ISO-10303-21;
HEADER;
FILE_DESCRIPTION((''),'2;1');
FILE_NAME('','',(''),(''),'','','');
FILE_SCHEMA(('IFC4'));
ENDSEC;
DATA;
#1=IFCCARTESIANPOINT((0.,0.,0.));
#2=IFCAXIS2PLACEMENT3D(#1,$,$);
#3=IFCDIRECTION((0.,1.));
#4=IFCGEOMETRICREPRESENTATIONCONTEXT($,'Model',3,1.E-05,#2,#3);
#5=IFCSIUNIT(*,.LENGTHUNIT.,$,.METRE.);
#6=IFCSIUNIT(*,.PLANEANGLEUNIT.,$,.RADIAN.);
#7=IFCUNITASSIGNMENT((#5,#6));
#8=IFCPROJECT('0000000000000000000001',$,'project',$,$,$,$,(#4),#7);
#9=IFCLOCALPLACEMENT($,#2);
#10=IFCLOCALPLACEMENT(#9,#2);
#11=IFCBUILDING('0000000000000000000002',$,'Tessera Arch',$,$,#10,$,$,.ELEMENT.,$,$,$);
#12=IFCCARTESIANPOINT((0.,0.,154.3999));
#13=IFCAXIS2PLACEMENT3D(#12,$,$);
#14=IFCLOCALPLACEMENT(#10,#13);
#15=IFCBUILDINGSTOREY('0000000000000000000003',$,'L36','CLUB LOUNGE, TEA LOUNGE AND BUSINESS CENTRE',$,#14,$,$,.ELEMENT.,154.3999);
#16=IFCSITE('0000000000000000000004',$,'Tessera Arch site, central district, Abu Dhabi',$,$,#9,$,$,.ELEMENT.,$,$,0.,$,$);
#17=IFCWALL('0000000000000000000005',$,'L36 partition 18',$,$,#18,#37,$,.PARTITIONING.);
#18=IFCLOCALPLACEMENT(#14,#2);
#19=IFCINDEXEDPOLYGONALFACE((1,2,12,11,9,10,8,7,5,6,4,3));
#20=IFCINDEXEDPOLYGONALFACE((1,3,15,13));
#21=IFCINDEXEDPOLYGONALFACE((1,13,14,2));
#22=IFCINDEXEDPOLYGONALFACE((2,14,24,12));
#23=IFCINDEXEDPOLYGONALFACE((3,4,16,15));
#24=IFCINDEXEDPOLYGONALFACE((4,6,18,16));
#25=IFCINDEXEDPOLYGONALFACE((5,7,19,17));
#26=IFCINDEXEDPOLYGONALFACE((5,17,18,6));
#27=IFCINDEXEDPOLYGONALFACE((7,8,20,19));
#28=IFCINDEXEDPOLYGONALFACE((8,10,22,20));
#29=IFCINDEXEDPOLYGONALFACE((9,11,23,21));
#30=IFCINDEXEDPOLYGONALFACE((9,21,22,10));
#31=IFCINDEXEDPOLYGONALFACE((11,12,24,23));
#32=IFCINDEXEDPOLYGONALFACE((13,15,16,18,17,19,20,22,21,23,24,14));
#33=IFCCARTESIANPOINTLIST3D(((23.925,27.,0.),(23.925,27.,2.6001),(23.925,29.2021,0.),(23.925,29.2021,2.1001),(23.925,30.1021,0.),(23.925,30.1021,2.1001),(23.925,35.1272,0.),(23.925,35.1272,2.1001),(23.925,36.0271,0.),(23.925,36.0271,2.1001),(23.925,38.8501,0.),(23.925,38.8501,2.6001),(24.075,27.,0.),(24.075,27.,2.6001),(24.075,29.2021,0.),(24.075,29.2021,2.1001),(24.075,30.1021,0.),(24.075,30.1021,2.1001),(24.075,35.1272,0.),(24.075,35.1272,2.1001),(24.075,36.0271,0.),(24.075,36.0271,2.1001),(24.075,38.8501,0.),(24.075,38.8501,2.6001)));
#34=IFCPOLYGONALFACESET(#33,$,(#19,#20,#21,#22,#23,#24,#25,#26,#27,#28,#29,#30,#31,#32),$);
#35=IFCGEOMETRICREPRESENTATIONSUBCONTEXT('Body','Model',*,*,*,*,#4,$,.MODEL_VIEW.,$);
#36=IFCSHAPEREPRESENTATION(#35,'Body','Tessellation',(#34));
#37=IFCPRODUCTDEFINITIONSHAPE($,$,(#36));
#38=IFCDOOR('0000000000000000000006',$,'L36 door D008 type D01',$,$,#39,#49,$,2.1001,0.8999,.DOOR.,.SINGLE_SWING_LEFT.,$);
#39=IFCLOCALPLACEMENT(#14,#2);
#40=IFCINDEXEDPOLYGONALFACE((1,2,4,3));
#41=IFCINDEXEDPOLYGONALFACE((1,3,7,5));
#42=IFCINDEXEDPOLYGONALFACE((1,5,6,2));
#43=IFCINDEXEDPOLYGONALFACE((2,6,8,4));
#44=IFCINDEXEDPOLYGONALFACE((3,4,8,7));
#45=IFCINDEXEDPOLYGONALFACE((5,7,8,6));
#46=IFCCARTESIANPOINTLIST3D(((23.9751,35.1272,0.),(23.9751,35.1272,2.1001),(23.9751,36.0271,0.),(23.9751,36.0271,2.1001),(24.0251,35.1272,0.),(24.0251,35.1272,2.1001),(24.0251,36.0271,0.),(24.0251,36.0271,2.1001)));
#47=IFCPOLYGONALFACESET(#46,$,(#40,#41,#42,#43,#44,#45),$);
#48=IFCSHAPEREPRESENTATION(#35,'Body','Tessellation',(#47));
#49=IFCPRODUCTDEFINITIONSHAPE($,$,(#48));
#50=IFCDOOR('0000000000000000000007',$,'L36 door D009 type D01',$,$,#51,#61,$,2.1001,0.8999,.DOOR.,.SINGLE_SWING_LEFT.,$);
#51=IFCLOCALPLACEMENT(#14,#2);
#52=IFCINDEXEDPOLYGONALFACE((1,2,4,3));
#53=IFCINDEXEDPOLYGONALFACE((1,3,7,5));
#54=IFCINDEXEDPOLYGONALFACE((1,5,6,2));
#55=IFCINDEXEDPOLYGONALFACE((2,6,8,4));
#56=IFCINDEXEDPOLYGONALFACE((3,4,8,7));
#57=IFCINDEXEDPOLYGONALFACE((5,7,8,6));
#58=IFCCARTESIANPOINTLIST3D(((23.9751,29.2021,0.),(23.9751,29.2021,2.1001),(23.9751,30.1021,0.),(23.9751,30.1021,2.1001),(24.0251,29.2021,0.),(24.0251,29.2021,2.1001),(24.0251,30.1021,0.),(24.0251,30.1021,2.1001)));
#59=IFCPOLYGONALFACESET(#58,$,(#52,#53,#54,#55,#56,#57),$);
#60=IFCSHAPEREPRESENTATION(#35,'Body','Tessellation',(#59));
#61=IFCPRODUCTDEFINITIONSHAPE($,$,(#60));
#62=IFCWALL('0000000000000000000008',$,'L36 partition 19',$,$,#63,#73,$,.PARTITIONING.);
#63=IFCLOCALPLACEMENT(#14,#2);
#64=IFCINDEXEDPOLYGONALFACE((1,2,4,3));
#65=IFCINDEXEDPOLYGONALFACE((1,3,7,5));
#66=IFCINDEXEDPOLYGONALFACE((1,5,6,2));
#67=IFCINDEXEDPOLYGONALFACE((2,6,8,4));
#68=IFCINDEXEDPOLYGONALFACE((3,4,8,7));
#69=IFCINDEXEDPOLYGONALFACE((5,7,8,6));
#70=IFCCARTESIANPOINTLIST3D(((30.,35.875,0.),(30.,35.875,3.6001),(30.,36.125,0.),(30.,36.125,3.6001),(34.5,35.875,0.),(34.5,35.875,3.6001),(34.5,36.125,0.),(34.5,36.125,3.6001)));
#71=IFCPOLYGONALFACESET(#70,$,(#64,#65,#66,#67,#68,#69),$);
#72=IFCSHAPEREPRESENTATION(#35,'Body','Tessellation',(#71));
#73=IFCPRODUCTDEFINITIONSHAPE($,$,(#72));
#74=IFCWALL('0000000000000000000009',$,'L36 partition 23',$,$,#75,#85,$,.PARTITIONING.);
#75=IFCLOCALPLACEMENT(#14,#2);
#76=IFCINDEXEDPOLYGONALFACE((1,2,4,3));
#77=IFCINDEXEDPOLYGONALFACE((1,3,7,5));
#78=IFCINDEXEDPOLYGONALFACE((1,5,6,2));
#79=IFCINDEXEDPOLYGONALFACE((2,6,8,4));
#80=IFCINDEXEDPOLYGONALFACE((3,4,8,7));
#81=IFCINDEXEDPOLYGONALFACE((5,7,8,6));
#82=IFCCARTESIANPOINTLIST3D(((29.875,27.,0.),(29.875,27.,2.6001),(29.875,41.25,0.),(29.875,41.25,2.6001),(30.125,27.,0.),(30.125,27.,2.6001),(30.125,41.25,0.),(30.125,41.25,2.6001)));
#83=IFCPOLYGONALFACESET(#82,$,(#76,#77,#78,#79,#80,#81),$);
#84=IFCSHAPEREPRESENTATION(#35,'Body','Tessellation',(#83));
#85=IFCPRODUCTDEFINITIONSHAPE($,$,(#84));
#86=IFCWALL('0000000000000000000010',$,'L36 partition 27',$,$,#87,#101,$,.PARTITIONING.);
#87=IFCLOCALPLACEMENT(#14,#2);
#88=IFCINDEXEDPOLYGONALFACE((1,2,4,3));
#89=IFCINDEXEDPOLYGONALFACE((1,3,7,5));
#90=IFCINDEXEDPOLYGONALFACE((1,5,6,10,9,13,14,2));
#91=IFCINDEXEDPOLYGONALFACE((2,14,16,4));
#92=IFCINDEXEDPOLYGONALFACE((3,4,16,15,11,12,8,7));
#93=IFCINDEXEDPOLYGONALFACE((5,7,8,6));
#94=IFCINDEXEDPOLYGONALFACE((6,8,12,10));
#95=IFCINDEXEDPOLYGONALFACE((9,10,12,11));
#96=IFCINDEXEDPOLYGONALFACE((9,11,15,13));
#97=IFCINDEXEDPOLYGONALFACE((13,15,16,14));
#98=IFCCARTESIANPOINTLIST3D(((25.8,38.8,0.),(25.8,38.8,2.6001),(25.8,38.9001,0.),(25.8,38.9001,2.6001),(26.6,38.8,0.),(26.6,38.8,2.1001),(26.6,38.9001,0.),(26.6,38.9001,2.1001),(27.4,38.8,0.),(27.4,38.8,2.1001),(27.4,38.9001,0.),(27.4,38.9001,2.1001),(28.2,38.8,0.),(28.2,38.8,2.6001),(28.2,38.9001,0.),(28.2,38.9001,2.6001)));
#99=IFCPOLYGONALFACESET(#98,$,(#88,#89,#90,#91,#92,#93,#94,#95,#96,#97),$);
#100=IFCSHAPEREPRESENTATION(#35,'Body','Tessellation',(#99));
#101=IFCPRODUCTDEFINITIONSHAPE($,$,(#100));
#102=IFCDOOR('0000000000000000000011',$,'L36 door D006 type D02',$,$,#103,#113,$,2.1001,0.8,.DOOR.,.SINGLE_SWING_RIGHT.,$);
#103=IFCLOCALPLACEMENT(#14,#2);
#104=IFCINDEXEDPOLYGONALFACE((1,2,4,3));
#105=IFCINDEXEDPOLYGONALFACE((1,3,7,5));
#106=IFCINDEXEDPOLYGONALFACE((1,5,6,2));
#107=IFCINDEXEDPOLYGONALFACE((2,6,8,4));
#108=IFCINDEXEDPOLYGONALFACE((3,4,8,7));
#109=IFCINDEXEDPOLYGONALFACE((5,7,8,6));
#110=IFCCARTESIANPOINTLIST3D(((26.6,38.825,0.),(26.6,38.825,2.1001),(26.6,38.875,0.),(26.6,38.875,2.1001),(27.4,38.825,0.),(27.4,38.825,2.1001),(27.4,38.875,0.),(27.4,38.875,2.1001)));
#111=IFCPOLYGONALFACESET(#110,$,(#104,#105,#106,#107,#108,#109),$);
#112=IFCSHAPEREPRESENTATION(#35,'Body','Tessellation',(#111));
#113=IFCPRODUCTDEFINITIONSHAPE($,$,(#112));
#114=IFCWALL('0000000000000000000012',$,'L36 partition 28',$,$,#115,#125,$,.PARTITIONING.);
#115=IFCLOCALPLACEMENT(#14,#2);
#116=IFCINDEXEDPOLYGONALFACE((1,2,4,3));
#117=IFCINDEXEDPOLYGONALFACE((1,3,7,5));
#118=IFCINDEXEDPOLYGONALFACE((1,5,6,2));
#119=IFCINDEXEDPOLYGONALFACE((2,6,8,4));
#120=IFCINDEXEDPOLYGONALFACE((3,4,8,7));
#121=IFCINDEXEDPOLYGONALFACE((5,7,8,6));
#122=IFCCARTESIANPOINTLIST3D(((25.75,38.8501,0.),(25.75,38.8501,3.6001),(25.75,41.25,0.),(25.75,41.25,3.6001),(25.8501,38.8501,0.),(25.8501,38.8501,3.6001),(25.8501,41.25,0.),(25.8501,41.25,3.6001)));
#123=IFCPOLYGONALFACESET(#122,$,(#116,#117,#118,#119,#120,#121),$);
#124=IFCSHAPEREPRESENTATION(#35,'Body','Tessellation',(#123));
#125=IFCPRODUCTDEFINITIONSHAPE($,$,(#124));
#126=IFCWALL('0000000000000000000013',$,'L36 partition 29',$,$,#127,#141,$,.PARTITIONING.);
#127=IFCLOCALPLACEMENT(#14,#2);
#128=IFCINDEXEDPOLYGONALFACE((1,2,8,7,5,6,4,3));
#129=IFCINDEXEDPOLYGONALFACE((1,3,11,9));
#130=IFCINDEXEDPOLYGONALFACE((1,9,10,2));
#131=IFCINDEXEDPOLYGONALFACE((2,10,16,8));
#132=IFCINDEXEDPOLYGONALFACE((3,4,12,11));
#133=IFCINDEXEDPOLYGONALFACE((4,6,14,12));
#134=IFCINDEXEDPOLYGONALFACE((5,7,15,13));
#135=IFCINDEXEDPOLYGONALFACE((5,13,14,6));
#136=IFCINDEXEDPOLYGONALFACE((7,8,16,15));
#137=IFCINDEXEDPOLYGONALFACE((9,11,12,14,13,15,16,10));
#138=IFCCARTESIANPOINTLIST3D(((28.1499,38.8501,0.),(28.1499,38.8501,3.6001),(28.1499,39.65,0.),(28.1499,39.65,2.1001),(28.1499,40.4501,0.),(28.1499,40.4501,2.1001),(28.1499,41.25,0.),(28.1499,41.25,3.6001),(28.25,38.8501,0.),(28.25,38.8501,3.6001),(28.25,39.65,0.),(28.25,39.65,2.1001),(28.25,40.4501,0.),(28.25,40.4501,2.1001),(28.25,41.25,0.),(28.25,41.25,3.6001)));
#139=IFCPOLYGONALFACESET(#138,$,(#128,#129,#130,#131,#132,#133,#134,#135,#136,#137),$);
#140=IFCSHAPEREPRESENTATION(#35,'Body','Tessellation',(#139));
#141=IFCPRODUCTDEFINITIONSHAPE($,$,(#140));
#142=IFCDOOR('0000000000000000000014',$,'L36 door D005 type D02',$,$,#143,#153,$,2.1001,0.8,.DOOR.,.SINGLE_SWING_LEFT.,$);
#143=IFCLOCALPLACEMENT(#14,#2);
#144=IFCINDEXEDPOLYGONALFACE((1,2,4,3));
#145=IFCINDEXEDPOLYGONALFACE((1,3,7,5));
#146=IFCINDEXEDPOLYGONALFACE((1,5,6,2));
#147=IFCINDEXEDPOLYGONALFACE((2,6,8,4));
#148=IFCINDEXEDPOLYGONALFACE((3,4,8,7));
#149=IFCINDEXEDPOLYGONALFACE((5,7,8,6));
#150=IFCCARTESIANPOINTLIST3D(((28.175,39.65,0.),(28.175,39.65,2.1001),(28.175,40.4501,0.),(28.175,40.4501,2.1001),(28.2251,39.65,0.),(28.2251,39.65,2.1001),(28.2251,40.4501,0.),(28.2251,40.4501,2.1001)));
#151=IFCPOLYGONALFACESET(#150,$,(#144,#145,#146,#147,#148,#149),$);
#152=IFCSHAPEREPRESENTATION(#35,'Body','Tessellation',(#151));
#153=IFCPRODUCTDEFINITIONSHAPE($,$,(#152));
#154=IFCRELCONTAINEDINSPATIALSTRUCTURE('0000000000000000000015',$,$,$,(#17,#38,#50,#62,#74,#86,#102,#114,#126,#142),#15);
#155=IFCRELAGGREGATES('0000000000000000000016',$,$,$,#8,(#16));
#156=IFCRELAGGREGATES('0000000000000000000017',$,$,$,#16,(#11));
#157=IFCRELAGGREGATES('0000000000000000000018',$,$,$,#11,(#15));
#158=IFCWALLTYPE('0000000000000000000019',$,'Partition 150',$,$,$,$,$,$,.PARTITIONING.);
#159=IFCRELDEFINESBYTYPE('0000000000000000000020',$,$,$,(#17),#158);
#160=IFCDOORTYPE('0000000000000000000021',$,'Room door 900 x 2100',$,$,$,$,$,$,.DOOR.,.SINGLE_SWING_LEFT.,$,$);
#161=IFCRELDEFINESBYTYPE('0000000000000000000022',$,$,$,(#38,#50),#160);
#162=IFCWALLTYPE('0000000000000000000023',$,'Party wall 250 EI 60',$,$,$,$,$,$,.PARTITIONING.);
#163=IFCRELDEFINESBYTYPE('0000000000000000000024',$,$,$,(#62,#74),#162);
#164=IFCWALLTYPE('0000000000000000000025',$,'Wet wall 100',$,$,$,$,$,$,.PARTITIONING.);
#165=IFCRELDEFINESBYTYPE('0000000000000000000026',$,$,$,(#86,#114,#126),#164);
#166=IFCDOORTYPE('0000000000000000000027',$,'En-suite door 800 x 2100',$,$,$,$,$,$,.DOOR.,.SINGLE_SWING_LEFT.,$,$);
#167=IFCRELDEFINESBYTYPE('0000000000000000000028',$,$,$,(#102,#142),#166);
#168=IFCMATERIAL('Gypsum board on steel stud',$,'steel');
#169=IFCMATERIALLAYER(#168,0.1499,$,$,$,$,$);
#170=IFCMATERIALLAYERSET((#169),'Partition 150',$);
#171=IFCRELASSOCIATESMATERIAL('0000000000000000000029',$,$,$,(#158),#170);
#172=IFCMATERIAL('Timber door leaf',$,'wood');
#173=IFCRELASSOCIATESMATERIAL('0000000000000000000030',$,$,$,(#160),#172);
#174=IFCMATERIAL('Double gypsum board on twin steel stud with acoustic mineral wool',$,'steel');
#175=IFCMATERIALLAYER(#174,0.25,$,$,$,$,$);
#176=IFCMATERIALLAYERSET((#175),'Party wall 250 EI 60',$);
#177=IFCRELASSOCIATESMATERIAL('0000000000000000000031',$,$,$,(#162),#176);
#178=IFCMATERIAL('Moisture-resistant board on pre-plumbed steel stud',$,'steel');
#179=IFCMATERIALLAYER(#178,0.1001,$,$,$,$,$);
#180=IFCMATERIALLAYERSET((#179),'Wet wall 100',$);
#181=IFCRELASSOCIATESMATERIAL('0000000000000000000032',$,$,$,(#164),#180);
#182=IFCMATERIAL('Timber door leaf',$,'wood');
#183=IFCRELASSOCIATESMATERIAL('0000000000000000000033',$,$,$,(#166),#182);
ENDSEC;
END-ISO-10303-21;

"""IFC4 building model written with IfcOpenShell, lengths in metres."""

from ifc_helpers import new_model, si_unit, direction, frame, frame_2d, origin, place, context, subcontext, project, spatial, rectangle, extrude, material, layer, layer_set, type_object, element, fill, save


model = new_model("IFC4")

# Units and contexts
model_context = context("Model", 3, precision=1e-05, world=origin(), true_north=direction((0.0, 1.0)))
body_context = subcontext(model_context, "Body", "Model", "MODEL_VIEW")
ifc_project = project(units=[si_unit("LENGTHUNIT", "METRE"), si_unit("PLANEANGLEUNIT", "RADIAN")], contexts=[model_context])

# Site, building, storey
site_placement = place(None, origin())
site = spatial("IfcSite", under=ifc_project, at=site_placement, Name="Tessera Arch site, central district, Abu Dhabi", CompositionType="ELEMENT", RefElevation=0.0)
building_placement = place(site_placement, origin())
building = spatial("IfcBuilding", under=site, at=building_placement, Name="Tessera Arch", CompositionType="ELEMENT")
storey_placement = place(building_placement, frame((0.0, 0.0, 154.3999)))
storey = spatial("IfcBuildingStorey", under=building, at=storey_placement, Name="L36", Description="CLUB LOUNGE, TEA LOUNGE AND BUSINESS CENTRE", CompositionType="ELEMENT", Elevation=154.3999)

# Shared definitions
ifc_material_1 = material(Name="Gypsum board on steel stud", Category="steel")
ifc_layer_1 = layer(ifc_material_1, 0.1499)
ifc_layer_set_1 = layer_set([ifc_layer_1], Name="Partition 150")
wall_type_1 = type_object("IfcWallType", Name="Partition 150", PredefinedType="PARTITIONING", material=ifc_layer_set_1)
ifc_material_2 = material(Name="Timber door leaf", Category="wood")
door_type_1 = type_object("IfcDoorType", Name="Room door 900 x 2100", OperationType="SINGLE_SWING_LEFT", PredefinedType="DOOR", material=ifc_material_2)

# Wall, openings, doors
wall_1_placement = place(storey_placement, frame((24.0, 27.0, 0.0), z_axis=(0.0, 0.0, 1.0), x_axis=(0.0, 1.0, 0.0)))
wall_1 = element("IfcWall", 1, at=wall_1_placement, inside=storey, type_object=wall_type_1, Name="L36 partition 18", PredefinedType="PARTITIONING", context=body_context, shape_type="SweptSolid", body=[
    extrude(rectangle(XDim=11.8501, YDim=0.1499, at=frame_2d((5.925, 0.0))), origin(), (0.0, 0.0, 1.0), 2.6001),
])
opening_1_placement = place(wall_1_placement, frame((8.1272, 0.0, 0.0)))
opening_1 = element("IfcOpeningElement", 2, at=opening_1_placement, cuts=wall_1, PredefinedType="OPENING", context=body_context, shape_type="SweptSolid", body=[
    extrude(rectangle(XDim=0.8999, YDim=2.1001, at=frame_2d((0.45, 1.05))), frame((0.0, 0.085, 0.0), z_axis=(0.0, -1.0, 0.0), x_axis=(1.0, 0.0, 0.0)), (0.0, 0.0, 1.0), 0.1699),
])
opening_2_placement = place(wall_1_placement, frame((2.2021, 0.0, 0.0)))
opening_2 = element("IfcOpeningElement", 3, at=opening_2_placement, cuts=wall_1, PredefinedType="OPENING", context=body_context, shape_type="SweptSolid", body=[
    extrude(rectangle(XDim=0.8999, YDim=2.1001, at=frame_2d((0.45, 1.05))), frame((0.0, 0.085, 0.0), z_axis=(0.0, -1.0, 0.0), x_axis=(1.0, 0.0, 0.0)), (0.0, 0.0, 1.0), 0.1699),
])
door_1_placement = place(opening_1_placement, origin())
door_1 = element("IfcDoor", 4, at=door_1_placement, inside=storey, type_object=door_type_1, Name="L36 door D008 type D01", OperationType="SINGLE_SWING_LEFT", OverallHeight=2.1001, OverallWidth=0.8999, PredefinedType="DOOR", context=body_context, shape_type="SweptSolid", body=[
    extrude(rectangle(XDim=0.8999, YDim=2.1001, at=frame_2d((0.45, 1.05))), frame((0.0, 0.0249, 0.0), z_axis=(0.0, -1.0, 0.0), x_axis=(1.0, 0.0, 0.0)), (0.0, 0.0, 1.0), 0.05),
])
fill(opening_1, door_1)
door_2_placement = place(opening_2_placement, origin())
door_2 = element("IfcDoor", 5, at=door_2_placement, inside=storey, type_object=door_type_1, Name="L36 door D009 type D01", OperationType="SINGLE_SWING_LEFT", OverallHeight=2.1001, OverallWidth=0.8999, PredefinedType="DOOR", context=body_context, shape_type="SweptSolid", body=[
    extrude(rectangle(XDim=0.8999, YDim=2.1001, at=frame_2d((0.45, 1.05))), frame((0.0, 0.0249, 0.0), z_axis=(0.0, -1.0, 0.0), x_axis=(1.0, 0.0, 0.0)), (0.0, 0.0, 1.0), 0.05),
])
fill(opening_2, door_2)

# Walls
ifc_material_3 = material(Name="Double gypsum board on twin steel stud with acoustic mineral wool", Category="steel")
ifc_layer_2 = layer(ifc_material_3, 0.25)
ifc_layer_set_2 = layer_set([ifc_layer_2], Name="Party wall 250 EI 60")
wall_type_2 = type_object("IfcWallType", Name="Party wall 250 EI 60", PredefinedType="PARTITIONING", material=ifc_layer_set_2)
wall_2_placement = place(storey_placement, frame((30.0, 36.0, 0.0), z_axis=(0.0, 0.0, 1.0), x_axis=(1.0, 0.0, 0.0)))
element("IfcWall", 6, at=wall_2_placement, inside=storey, type_object=wall_type_2, Name="L36 partition 19", PredefinedType="PARTITIONING", context=body_context, shape_type="SweptSolid", body=[
    extrude(rectangle(XDim=4.5, YDim=0.25, at=frame_2d((2.25, 0.0))), origin(), (0.0, 0.0, 1.0), 3.6001),
])
wall_3_placement = place(storey_placement, frame((30.0, 27.0, 0.0), z_axis=(0.0, 0.0, 1.0), x_axis=(0.0, 1.0, 0.0)))
element("IfcWall", 7, at=wall_3_placement, inside=storey, type_object=wall_type_2, Name="L36 partition 23", PredefinedType="PARTITIONING", context=body_context, shape_type="SweptSolid", body=[
    extrude(rectangle(XDim=14.25, YDim=0.25, at=frame_2d((7.125, 0.0))), origin(), (0.0, 0.0, 1.0), 2.6001),
])

# Wall, opening, door
ifc_material_4 = material(Name="Moisture-resistant board on pre-plumbed steel stud", Category="steel")
ifc_layer_3 = layer(ifc_material_4, 0.1001)
ifc_layer_set_3 = layer_set([ifc_layer_3], Name="Wet wall 100")
wall_type_3 = type_object("IfcWallType", Name="Wet wall 100", PredefinedType="PARTITIONING", material=ifc_layer_set_3)
wall_4_placement = place(storey_placement, frame((25.8, 38.8501, 0.0), z_axis=(0.0, 0.0, 1.0), x_axis=(1.0, 0.0, 0.0)))
wall_4 = element("IfcWall", 8, at=wall_4_placement, inside=storey, type_object=wall_type_3, Name="L36 partition 27", PredefinedType="PARTITIONING", context=body_context, shape_type="SweptSolid", body=[
    extrude(rectangle(XDim=2.3999, YDim=0.1001, at=frame_2d((1.2, 0.0))), origin(), (0.0, 0.0, 1.0), 2.6001),
])
opening_3_placement = place(wall_4_placement, frame((0.8, 0.0, 0.0)))
opening_3 = element("IfcOpeningElement", 9, at=opening_3_placement, cuts=wall_4, PredefinedType="OPENING", context=body_context, shape_type="SweptSolid", body=[
    extrude(rectangle(XDim=0.8, YDim=2.1001, at=frame_2d((0.3999, 1.05))), frame((0.0, 0.0601, 0.0), z_axis=(0.0, -1.0, 0.0), x_axis=(1.0, 0.0, 0.0)), (0.0, 0.0, 1.0), 0.1201),
])
ifc_material_5 = material(Name="Timber door leaf", Category="wood")
door_type_2 = type_object("IfcDoorType", Name="En-suite door 800 x 2100", OperationType="SINGLE_SWING_LEFT", PredefinedType="DOOR", material=ifc_material_5)
door_3_placement = place(opening_3_placement, origin())
door_3 = element("IfcDoor", 10, at=door_3_placement, inside=storey, type_object=door_type_2, Name="L36 door D006 type D02", OperationType="SINGLE_SWING_RIGHT", OverallHeight=2.1001, OverallWidth=0.8, PredefinedType="DOOR", context=body_context, shape_type="SweptSolid", body=[
    extrude(rectangle(XDim=0.8, YDim=2.1001, at=frame_2d((0.3999, 1.05))), frame((0.0, 0.0249, 0.0), z_axis=(0.0, -1.0, 0.0), x_axis=(1.0, 0.0, 0.0)), (0.0, 0.0, 1.0), 0.05),
])
fill(opening_3, door_3)

# Wall
wall_5_placement = place(storey_placement, frame((25.8, 38.8501, 0.0), z_axis=(0.0, 0.0, 1.0), x_axis=(0.0, 1.0, 0.0)))
element("IfcWall", 11, at=wall_5_placement, inside=storey, type_object=wall_type_3, Name="L36 partition 28", PredefinedType="PARTITIONING", context=body_context, shape_type="SweptSolid", body=[
    extrude(rectangle(XDim=2.3999, YDim=0.1001, at=frame_2d((1.2, 0.0))), origin(), (0.0, 0.0, 1.0), 3.6001),
])

# Wall, opening, door
wall_6_placement = place(storey_placement, frame((28.2, 38.8501, 0.0), z_axis=(0.0, 0.0, 1.0), x_axis=(0.0, 1.0, 0.0)))
wall_6 = element("IfcWall", 12, at=wall_6_placement, inside=storey, type_object=wall_type_3, Name="L36 partition 29", PredefinedType="PARTITIONING", context=body_context, shape_type="SweptSolid", body=[
    extrude(rectangle(XDim=2.3999, YDim=0.1001, at=frame_2d((1.2, 0.0))), origin(), (0.0, 0.0, 1.0), 3.6001),
])
opening_4_placement = place(wall_6_placement, frame((0.8, 0.0, 0.0)))
opening_4 = element("IfcOpeningElement", 13, at=opening_4_placement, cuts=wall_6, PredefinedType="OPENING", context=body_context, shape_type="SweptSolid", body=[
    extrude(rectangle(XDim=0.8, YDim=2.1001, at=frame_2d((0.3999, 1.05))), frame((0.0, 0.0601, 0.0), z_axis=(0.0, -1.0, 0.0), x_axis=(1.0, 0.0, 0.0)), (0.0, 0.0, 1.0), 0.1201),
])
door_4_placement = place(opening_4_placement, origin())
door_4 = element("IfcDoor", 14, at=door_4_placement, inside=storey, type_object=door_type_2, Name="L36 door D005 type D02", OperationType="SINGLE_SWING_LEFT", OverallHeight=2.1001, OverallWidth=0.8, PredefinedType="DOOR", context=body_context, shape_type="SweptSolid", body=[
    extrude(rectangle(XDim=0.8, YDim=2.1001, at=frame_2d((0.3999, 1.05))), frame((0.0, 0.0249, 0.0), z_axis=(0.0, -1.0, 0.0), x_axis=(1.0, 0.0, 0.0)), (0.0, 0.0, 1.0), 0.05),
])
fill(opening_4, door_4)

save(model, "model.ifc")
